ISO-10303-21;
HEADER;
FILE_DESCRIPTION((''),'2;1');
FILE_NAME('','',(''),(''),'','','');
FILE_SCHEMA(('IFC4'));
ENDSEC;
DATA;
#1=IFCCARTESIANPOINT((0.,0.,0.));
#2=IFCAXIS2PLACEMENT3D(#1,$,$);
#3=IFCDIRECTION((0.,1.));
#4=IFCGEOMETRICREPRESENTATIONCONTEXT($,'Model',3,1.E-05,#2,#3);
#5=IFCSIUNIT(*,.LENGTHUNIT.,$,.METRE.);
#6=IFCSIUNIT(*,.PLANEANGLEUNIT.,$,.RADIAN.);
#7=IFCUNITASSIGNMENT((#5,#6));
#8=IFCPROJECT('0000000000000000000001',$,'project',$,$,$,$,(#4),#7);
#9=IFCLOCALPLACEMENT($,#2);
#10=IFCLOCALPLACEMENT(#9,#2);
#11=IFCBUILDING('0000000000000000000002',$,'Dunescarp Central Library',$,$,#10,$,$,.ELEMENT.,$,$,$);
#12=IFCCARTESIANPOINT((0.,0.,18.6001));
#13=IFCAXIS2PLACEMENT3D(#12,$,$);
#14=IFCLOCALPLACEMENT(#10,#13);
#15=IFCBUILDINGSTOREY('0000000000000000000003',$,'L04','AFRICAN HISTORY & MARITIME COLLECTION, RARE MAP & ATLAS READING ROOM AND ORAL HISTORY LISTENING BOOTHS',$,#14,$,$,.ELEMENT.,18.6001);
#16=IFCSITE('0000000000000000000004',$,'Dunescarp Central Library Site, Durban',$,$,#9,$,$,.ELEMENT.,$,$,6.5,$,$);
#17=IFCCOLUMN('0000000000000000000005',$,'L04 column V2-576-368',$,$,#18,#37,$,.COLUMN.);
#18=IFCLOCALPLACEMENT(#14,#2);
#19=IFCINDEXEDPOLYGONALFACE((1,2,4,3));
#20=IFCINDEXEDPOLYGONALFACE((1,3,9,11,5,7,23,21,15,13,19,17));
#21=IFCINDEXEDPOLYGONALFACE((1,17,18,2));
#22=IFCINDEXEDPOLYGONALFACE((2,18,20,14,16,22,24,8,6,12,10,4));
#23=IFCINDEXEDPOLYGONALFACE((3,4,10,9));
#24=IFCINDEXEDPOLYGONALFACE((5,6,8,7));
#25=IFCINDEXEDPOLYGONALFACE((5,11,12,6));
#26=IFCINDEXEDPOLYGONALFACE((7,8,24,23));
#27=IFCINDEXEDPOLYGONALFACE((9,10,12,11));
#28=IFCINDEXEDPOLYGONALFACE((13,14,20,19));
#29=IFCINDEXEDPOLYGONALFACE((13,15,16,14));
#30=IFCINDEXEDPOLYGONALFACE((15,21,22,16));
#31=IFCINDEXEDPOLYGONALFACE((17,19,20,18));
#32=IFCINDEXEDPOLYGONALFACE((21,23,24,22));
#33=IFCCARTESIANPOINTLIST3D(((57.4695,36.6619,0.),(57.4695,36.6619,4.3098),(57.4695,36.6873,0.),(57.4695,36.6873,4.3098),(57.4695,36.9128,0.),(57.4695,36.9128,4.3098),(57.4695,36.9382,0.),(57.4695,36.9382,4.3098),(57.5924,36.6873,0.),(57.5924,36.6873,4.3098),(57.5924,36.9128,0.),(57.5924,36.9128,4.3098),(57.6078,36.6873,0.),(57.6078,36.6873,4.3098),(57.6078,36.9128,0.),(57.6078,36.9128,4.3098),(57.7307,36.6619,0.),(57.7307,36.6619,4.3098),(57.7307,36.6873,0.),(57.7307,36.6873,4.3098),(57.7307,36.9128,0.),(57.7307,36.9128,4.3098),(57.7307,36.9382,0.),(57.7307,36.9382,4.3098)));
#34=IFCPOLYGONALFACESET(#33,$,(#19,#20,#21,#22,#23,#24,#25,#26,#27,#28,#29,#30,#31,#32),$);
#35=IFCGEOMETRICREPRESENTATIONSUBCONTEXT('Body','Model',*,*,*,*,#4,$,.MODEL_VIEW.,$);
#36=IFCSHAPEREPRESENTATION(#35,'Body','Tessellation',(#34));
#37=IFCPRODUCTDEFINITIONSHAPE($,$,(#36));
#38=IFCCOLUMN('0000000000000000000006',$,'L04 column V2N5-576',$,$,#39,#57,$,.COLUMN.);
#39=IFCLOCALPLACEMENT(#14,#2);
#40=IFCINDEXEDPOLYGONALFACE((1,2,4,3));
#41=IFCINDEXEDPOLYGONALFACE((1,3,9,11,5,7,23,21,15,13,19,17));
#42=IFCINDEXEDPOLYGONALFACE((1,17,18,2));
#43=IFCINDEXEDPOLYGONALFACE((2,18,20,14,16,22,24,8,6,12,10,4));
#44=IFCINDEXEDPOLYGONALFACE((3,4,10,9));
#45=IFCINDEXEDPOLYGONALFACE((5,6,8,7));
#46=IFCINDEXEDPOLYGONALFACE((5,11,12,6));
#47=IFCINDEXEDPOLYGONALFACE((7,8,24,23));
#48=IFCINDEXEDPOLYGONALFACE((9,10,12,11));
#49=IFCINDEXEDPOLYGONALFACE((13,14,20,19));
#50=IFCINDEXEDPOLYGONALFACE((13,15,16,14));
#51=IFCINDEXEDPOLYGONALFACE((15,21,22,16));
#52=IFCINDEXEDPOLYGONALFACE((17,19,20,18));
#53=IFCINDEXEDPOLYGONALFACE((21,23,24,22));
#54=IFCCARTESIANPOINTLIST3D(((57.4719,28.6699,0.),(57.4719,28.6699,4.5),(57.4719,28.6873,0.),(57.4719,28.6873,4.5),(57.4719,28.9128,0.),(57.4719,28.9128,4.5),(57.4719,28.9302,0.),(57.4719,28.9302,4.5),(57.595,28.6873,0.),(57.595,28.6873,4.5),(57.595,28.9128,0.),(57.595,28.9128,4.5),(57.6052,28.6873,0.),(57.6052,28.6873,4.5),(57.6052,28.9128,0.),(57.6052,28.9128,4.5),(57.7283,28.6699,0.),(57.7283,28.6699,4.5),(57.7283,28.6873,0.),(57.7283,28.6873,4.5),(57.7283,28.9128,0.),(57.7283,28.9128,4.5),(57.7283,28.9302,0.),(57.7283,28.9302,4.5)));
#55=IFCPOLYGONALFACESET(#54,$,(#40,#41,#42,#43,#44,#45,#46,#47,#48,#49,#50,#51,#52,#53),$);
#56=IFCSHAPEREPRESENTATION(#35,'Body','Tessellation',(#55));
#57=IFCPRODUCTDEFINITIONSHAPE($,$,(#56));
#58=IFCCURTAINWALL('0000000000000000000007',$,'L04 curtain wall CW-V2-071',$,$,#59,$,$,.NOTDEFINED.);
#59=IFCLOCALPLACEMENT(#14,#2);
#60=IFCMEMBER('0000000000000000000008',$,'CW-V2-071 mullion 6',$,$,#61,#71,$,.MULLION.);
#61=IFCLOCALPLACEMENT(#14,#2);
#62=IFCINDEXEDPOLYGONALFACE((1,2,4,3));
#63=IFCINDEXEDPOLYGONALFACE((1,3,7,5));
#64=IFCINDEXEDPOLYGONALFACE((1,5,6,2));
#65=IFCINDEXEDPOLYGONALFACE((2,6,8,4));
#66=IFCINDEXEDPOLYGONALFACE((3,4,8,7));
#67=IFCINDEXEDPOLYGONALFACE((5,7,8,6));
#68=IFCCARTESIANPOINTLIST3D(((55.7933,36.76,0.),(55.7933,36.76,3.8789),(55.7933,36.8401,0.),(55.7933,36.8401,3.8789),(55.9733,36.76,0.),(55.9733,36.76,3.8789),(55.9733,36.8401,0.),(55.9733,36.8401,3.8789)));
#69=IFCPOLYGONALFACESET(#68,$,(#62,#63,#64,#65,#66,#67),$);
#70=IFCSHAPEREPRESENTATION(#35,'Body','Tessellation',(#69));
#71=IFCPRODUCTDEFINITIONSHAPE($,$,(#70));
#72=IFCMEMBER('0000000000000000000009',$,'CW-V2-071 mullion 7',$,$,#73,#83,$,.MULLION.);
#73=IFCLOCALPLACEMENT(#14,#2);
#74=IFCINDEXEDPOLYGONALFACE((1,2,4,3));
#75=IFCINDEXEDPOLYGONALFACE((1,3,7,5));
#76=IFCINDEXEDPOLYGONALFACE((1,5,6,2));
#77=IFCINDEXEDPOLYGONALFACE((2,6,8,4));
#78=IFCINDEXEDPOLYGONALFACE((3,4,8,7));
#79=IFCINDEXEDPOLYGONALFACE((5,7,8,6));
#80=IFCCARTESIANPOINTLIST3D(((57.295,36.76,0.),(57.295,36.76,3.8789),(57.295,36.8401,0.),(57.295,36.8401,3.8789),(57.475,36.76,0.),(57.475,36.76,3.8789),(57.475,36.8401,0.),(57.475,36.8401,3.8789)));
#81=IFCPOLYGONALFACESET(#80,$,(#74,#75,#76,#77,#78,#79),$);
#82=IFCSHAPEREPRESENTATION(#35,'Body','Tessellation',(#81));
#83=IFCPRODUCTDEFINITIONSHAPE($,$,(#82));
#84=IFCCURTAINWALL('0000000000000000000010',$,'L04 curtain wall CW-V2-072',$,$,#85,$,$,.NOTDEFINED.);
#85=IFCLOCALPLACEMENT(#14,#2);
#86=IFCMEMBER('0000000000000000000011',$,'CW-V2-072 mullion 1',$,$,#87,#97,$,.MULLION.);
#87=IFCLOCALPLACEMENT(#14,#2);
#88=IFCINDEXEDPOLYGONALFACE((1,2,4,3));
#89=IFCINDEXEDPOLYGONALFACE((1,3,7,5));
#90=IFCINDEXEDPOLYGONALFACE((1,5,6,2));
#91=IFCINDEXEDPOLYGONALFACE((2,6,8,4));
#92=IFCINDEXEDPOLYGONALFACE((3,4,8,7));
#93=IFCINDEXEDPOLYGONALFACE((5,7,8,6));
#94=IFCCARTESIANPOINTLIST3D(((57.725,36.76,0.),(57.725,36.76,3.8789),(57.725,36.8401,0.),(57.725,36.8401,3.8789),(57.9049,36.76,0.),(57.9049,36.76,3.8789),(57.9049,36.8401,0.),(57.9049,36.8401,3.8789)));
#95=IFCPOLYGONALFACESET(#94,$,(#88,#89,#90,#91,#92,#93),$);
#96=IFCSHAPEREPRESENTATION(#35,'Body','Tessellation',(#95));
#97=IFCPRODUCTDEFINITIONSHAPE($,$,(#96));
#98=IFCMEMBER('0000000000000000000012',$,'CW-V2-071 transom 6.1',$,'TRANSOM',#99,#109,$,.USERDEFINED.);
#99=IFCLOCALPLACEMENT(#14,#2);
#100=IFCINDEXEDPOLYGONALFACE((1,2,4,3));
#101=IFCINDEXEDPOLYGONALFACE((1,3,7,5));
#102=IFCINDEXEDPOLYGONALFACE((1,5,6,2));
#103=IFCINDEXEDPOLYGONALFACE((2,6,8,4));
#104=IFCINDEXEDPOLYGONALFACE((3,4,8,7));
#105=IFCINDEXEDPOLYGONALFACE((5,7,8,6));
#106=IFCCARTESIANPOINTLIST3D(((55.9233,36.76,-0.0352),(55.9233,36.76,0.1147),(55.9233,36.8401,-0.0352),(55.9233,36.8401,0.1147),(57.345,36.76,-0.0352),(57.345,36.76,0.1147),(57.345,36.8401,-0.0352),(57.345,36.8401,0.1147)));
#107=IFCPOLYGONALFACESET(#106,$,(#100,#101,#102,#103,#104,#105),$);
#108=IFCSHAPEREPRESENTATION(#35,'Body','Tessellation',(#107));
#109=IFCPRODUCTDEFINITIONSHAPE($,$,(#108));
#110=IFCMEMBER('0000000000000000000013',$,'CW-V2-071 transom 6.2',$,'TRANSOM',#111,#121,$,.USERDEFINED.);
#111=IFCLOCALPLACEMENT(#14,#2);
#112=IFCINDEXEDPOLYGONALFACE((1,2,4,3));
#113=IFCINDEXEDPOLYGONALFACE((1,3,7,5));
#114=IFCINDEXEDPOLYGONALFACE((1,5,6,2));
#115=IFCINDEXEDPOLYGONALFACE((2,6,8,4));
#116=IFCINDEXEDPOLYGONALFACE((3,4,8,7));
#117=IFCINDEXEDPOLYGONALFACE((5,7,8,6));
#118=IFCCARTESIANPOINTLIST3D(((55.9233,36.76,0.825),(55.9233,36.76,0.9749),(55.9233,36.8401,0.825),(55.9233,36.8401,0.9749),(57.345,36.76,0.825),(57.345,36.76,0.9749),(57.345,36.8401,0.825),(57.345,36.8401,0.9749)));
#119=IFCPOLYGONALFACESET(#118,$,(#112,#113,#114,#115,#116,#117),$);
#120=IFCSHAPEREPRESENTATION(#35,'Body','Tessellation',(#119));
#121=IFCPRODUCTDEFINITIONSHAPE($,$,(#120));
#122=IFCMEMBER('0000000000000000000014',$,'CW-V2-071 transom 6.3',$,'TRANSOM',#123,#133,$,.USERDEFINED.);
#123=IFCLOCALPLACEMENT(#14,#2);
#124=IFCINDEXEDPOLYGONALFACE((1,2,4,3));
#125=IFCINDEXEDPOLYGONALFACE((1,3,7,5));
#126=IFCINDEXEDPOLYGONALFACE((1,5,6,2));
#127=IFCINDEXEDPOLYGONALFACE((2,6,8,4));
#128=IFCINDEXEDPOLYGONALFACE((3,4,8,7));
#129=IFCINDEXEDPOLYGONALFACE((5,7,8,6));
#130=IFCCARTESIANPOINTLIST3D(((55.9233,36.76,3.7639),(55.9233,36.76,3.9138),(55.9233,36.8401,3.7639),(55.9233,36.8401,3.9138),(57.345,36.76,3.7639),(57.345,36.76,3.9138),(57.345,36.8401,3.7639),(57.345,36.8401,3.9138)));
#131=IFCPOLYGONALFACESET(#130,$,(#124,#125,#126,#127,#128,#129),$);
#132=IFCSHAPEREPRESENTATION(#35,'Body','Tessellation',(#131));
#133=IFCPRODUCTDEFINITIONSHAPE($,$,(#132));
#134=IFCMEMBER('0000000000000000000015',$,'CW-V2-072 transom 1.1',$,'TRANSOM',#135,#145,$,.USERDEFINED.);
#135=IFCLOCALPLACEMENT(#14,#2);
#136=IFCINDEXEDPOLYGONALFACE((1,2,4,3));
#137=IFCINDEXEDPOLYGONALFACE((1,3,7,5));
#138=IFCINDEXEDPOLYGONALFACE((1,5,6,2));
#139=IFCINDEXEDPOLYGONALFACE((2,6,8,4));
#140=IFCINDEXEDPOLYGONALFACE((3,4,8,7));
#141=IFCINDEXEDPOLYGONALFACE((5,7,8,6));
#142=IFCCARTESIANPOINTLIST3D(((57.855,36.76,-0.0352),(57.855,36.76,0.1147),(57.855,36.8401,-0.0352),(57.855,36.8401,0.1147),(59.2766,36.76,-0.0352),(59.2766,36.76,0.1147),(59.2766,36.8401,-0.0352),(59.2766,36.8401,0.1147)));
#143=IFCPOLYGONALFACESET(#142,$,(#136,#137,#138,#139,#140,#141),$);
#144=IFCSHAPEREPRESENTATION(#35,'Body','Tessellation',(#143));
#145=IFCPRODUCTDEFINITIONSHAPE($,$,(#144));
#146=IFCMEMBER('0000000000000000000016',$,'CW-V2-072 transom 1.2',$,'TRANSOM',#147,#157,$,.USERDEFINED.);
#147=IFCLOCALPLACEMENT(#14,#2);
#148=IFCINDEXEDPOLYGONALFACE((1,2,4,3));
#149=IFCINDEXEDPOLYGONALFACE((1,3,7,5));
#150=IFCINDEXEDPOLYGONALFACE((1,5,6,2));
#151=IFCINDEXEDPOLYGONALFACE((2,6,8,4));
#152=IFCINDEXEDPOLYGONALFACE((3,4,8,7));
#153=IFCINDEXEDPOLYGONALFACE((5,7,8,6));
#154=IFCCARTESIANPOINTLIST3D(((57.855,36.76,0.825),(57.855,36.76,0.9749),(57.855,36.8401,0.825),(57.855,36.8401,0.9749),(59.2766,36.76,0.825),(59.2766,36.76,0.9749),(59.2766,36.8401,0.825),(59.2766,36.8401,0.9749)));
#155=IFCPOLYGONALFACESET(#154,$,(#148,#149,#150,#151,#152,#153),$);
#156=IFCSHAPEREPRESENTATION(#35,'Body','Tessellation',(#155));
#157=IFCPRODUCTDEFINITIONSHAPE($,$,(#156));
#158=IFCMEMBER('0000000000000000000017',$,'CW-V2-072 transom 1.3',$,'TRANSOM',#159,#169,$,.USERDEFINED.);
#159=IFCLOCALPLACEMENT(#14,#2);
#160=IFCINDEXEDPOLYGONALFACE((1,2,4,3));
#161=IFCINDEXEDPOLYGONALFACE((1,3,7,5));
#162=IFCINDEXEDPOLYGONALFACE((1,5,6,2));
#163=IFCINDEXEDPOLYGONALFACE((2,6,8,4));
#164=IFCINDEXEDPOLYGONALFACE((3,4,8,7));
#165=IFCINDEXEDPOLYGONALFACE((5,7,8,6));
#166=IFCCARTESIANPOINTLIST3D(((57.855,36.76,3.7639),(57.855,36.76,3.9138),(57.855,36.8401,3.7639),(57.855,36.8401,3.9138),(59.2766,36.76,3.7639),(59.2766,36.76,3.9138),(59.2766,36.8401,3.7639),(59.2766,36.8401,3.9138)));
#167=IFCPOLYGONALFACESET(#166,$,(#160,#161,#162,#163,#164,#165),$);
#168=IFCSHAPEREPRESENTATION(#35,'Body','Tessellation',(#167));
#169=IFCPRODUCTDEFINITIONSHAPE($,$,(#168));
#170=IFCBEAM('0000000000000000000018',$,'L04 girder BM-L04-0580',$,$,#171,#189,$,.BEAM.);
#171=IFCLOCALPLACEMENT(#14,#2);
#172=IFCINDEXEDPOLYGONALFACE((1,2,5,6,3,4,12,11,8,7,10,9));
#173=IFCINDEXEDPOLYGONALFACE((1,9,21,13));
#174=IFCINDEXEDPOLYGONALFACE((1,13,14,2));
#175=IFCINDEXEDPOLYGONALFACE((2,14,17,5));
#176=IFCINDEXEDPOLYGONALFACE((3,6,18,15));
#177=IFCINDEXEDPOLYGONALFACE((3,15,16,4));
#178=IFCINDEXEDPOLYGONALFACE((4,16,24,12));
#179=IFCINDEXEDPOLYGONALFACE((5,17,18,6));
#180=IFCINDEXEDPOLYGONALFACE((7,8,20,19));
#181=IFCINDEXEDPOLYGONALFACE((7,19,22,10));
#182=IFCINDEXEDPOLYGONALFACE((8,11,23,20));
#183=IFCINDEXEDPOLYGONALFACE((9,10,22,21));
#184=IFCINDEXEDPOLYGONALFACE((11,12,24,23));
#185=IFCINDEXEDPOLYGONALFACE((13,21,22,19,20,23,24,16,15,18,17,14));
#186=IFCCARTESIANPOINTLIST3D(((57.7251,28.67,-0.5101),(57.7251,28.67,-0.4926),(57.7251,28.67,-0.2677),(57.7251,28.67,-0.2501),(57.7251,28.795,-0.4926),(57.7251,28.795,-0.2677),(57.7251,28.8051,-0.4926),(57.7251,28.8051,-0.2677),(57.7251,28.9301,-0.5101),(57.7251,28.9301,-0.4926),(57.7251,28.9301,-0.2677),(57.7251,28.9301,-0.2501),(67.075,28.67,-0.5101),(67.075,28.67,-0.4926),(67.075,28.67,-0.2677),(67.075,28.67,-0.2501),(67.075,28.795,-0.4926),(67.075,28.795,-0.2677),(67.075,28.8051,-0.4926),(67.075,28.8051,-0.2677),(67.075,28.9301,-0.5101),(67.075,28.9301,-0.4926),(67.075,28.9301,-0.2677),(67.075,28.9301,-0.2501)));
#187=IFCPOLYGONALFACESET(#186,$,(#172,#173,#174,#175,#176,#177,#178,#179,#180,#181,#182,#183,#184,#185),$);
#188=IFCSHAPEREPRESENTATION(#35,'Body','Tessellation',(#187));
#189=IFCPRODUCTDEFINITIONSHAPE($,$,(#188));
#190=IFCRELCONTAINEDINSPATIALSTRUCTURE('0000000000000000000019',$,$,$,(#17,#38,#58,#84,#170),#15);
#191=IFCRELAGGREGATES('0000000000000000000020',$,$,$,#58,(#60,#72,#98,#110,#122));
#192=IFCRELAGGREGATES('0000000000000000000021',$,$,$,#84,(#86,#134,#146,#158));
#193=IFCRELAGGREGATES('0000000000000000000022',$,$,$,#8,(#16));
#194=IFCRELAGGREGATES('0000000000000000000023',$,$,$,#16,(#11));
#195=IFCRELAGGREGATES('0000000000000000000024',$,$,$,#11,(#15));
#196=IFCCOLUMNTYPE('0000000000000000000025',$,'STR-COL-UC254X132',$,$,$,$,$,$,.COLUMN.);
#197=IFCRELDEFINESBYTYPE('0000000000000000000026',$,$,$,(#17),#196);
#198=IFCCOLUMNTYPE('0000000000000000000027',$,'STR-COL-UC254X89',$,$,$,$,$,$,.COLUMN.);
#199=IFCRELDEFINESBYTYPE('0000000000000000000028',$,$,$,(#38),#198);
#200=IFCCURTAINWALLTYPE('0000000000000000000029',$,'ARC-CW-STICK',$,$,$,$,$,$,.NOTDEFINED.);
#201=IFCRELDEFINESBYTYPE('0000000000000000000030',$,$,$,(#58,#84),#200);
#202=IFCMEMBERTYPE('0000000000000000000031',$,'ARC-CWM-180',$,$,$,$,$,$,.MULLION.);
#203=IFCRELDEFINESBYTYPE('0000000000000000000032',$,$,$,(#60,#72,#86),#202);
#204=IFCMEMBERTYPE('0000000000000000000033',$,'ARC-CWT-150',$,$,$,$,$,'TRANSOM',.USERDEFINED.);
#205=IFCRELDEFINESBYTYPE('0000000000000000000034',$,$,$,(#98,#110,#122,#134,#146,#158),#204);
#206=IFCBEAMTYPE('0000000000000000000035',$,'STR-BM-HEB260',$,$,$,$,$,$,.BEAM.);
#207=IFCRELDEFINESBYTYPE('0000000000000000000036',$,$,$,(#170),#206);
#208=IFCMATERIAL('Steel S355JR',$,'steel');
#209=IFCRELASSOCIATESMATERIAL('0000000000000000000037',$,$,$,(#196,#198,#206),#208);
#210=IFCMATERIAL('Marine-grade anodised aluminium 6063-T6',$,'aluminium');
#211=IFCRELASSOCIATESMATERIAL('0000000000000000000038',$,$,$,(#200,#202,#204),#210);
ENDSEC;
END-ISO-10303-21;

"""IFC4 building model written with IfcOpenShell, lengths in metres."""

from ifc_helpers import new_model, si_unit, direction, frame, origin, origin_2d, place, context, subcontext, project, spatial, rectangle, i_section, extrude, material, material_profile, profile_set, type_object, element, aggregate, save


model = new_model("IFC4")

# Units and contexts
model_context = context("Model", 3, precision=1e-05, world=origin(), true_north=direction((0.0, 1.0)))
body_context = subcontext(model_context, "Body", "Model", "MODEL_VIEW")
ifc_project = project(units=[si_unit("LENGTHUNIT", "METRE"), si_unit("PLANEANGLEUNIT", "RADIAN")], contexts=[model_context])

# Site, building, storey
site_placement = place(None, origin())
site = spatial("IfcSite", under=ifc_project, at=site_placement, Name="Dunescarp Central Library Site, Durban", CompositionType="ELEMENT", RefElevation=6.5)
building_placement = place(site_placement, origin())
building = spatial("IfcBuilding", under=site, at=building_placement, Name="Dunescarp Central Library", CompositionType="ELEMENT")
storey_placement = place(building_placement, frame((0.0, 0.0, 18.6001)))
storey = spatial("IfcBuildingStorey", under=building, at=storey_placement, Name="L04", Description="AFRICAN HISTORY & MARITIME COLLECTION, RARE MAP & ATLAS READING ROOM AND ORAL HISTORY LISTENING BOOTHS", CompositionType="ELEMENT", Elevation=18.6001)

# Columns
ifc_material_1 = material(Name="Steel S355JR", Category="steel")
ifc_material_profile_1 = material_profile(ifc_material_1, i_section(OverallWidth=0.2612, OverallDepth=0.2764, WebThickness=0.0154, FlangeThickness=0.0254, at=origin_2d()), Name="UC 254x254x132")
ifc_profile_set_1 = profile_set([ifc_material_profile_1], Name="Steel S355JR")
column_type_1 = type_object("IfcColumnType", Name="STR-COL-UC254X132", PredefinedType="COLUMN", material=ifc_profile_set_1)
column_1_placement = place(storey_placement, frame((57.6001, 36.8, 0.0), z_axis=(0.0, 0.0, 1.0), x_axis=(1.0, 0.0, 0.0)))
element("IfcColumn", 1, at=column_1_placement, inside=storey, type_object=column_type_1, Name="L04 column V2-576-368", PredefinedType="COLUMN", context=body_context, shape_type="SweptSolid", body=[
    extrude(i_section(OverallWidth=0.2612, OverallDepth=0.2764, WebThickness=0.0154, FlangeThickness=0.0254, at=origin_2d()), origin(), (0.0, 0.0, 1.0), 4.3098),
])
ifc_material_profile_2 = material_profile(ifc_material_1, i_section(OverallWidth=0.2563, OverallDepth=0.2603, WebThickness=0.0103, FlangeThickness=0.0173, at=origin_2d()), Name="UC 254x254x89")
ifc_profile_set_2 = profile_set([ifc_material_profile_2], Name="Steel S355JR")
column_type_2 = type_object("IfcColumnType", Name="STR-COL-UC254X89", PredefinedType="COLUMN", material=ifc_profile_set_2)
column_2_placement = place(storey_placement, frame((57.6001, 28.8, 0.0), z_axis=(0.0, 0.0, 1.0), x_axis=(1.0, 0.0, 0.0)))
element("IfcColumn", 2, at=column_2_placement, inside=storey, type_object=column_type_2, Name="L04 column V2N5-576", PredefinedType="COLUMN", context=body_context, shape_type="SweptSolid", body=[
    extrude(i_section(OverallWidth=0.2563, OverallDepth=0.2603, WebThickness=0.0103, FlangeThickness=0.0173, at=origin_2d()), origin(), (0.0, 0.0, 1.0), 4.5),
])

# Curtain wall, members
ifc_material_2 = material(Name="Marine-grade anodised aluminium 6063-T6", Category="aluminium")
curtain_wall_type = type_object("IfcCurtainWallType", Name="ARC-CW-STICK", PredefinedType="NOTDEFINED", material=ifc_material_2)
curtain_wall_1_placement = place(storey_placement, origin())
curtain_wall_1 = element("IfcCurtainWall", 3, at=curtain_wall_1_placement, inside=storey, type_object=curtain_wall_type, Name="L04 curtain wall CW-V2-071", PredefinedType="NOTDEFINED")
ifc_material_profile_3 = material_profile(ifc_material_2, rectangle(XDim=0.0801, YDim=0.1799, at=origin_2d()), Name="AL 80x180")
ifc_profile_set_3 = profile_set([ifc_material_profile_3], Name="Marine-grade anodised aluminium 6063-T6")
member_type_1 = type_object("IfcMemberType", Name="ARC-CWM-180", PredefinedType="MULLION", material=ifc_profile_set_3)
member_1_placement = place(storey_placement, frame((55.8833, 36.8, 0.0), z_axis=(0.0, 0.0, 1.0), x_axis=(0.0, 1.0, 0.0)))
member_1 = element("IfcMember", 4, at=member_1_placement, type_object=member_type_1, Name="CW-V2-071 mullion 6", PredefinedType="MULLION", context=body_context, shape_type="SweptSolid", body=[
    extrude(rectangle(XDim=0.0801, YDim=0.1799, at=origin_2d()), origin(), (0.0, 0.0, 1.0), 3.8789),
])
member_2_placement = place(storey_placement, frame((57.385, 36.8, 0.0), z_axis=(0.0, 0.0, 1.0), x_axis=(0.0, 1.0, 0.0)))
member_2 = element("IfcMember", 5, at=member_2_placement, type_object=member_type_1, Name="CW-V2-071 mullion 7", PredefinedType="MULLION", context=body_context, shape_type="SweptSolid", body=[
    extrude(rectangle(XDim=0.0801, YDim=0.1799, at=origin_2d()), origin(), (0.0, 0.0, 1.0), 3.8789),
])

# Curtain wall, member
curtain_wall_2_placement = place(storey_placement, origin())
curtain_wall_2 = element("IfcCurtainWall", 6, at=curtain_wall_2_placement, inside=storey, type_object=curtain_wall_type, Name="L04 curtain wall CW-V2-072", PredefinedType="NOTDEFINED")
member_3_placement = place(storey_placement, frame((57.8149, 36.8, 0.0), z_axis=(0.0, 0.0, 1.0), x_axis=(0.0, 1.0, 0.0)))
member_3 = element("IfcMember", 7, at=member_3_placement, type_object=member_type_1, Name="CW-V2-072 mullion 1", PredefinedType="MULLION", context=body_context, shape_type="SweptSolid", body=[
    extrude(rectangle(XDim=0.0801, YDim=0.1799, at=origin_2d()), origin(), (0.0, 0.0, 1.0), 3.8789),
])

# Members
ifc_material_profile_4 = material_profile(ifc_material_2, rectangle(XDim=0.0801, YDim=0.1499, at=origin_2d()), Name="AL 80x150")
ifc_profile_set_4 = profile_set([ifc_material_profile_4], Name="Marine-grade anodised aluminium 6063-T6")
member_type_2 = type_object("IfcMemberType", Name="ARC-CWT-150", ElementType="TRANSOM", PredefinedType="USERDEFINED", material=ifc_profile_set_4)
member_4_placement = place(storey_placement, frame((55.9233, 36.8, 0.0398), z_axis=(1.0, 0.0, 0.0), x_axis=(0.0, 1.0, 0.0)))
member_4 = element("IfcMember", 8, at=member_4_placement, type_object=member_type_2, Name="CW-V2-071 transom 6.1", ObjectType="TRANSOM", PredefinedType="USERDEFINED", context=body_context, shape_type="SweptSolid", body=[
    extrude(rectangle(XDim=0.0801, YDim=0.1499, at=origin_2d()), origin(), (0.0, 0.0, 1.0), 1.4216),
])
member_5_placement = place(storey_placement, frame((55.9233, 36.8, 0.8999), z_axis=(1.0, 0.0, 0.0), x_axis=(0.0, 1.0, 0.0)))
member_5 = element("IfcMember", 9, at=member_5_placement, type_object=member_type_2, Name="CW-V2-071 transom 6.2", ObjectType="TRANSOM", PredefinedType="USERDEFINED", context=body_context, shape_type="SweptSolid", body=[
    extrude(rectangle(XDim=0.0801, YDim=0.1499, at=origin_2d()), origin(), (0.0, 0.0, 1.0), 1.4216),
])
member_6_placement = place(storey_placement, frame((55.9233, 36.8, 3.8389), z_axis=(1.0, 0.0, 0.0), x_axis=(0.0, 1.0, 0.0)))
member_6 = element("IfcMember", 10, at=member_6_placement, type_object=member_type_2, Name="CW-V2-071 transom 6.3", ObjectType="TRANSOM", PredefinedType="USERDEFINED", context=body_context, shape_type="SweptSolid", body=[
    extrude(rectangle(XDim=0.0801, YDim=0.1499, at=origin_2d()), origin(), (0.0, 0.0, 1.0), 1.4216),
])
member_7_placement = place(storey_placement, frame((57.855, 36.8, 0.0398), z_axis=(1.0, 0.0, 0.0), x_axis=(0.0, 1.0, 0.0)))
member_7 = element("IfcMember", 11, at=member_7_placement, type_object=member_type_2, Name="CW-V2-072 transom 1.1", ObjectType="TRANSOM", PredefinedType="USERDEFINED", context=body_context, shape_type="SweptSolid", body=[
    extrude(rectangle(XDim=0.0801, YDim=0.1499, at=origin_2d()), origin(), (0.0, 0.0, 1.0), 1.4216),
])
member_8_placement = place(storey_placement, frame((57.855, 36.8, 0.8999), z_axis=(1.0, 0.0, 0.0), x_axis=(0.0, 1.0, 0.0)))
member_8 = element("IfcMember", 12, at=member_8_placement, type_object=member_type_2, Name="CW-V2-072 transom 1.2", ObjectType="TRANSOM", PredefinedType="USERDEFINED", context=body_context, shape_type="SweptSolid", body=[
    extrude(rectangle(XDim=0.0801, YDim=0.1499, at=origin_2d()), origin(), (0.0, 0.0, 1.0), 1.4216),
])
member_9_placement = place(storey_placement, frame((57.855, 36.8, 3.8389), z_axis=(1.0, 0.0, 0.0), x_axis=(0.0, 1.0, 0.0)))
member_9 = element("IfcMember", 13, at=member_9_placement, type_object=member_type_2, Name="CW-V2-072 transom 1.3", ObjectType="TRANSOM", PredefinedType="USERDEFINED", context=body_context, shape_type="SweptSolid", body=[
    extrude(rectangle(XDim=0.0801, YDim=0.1499, at=origin_2d()), origin(), (0.0, 0.0, 1.0), 1.4216),
])

# Beam
ifc_material_profile_5 = material_profile(ifc_material_1, i_section(OverallWidth=0.26, OverallDepth=0.26, WebThickness=0.01, FlangeThickness=0.0176, at=origin_2d()), Name="HEB 260")
ifc_profile_set_5 = profile_set([ifc_material_profile_5], Name="Steel S355JR")
beam_type_1 = type_object("IfcBeamType", Name="STR-BM-HEB260", PredefinedType="BEAM", material=ifc_profile_set_5)
beam_1_placement = place(storey_placement, frame((57.7251, 28.8, -0.3801), z_axis=(1.0, 0.0, 0.0), x_axis=(0.0, 1.0, 0.0)))
element("IfcBeam", 14, at=beam_1_placement, inside=storey, type_object=beam_type_1, Name="L04 girder BM-L04-0580", PredefinedType="BEAM", context=body_context, shape_type="SweptSolid", body=[
    extrude(i_section(OverallWidth=0.26, OverallDepth=0.26, WebThickness=0.01, FlangeThickness=0.0176, at=origin_2d()), origin(), (0.0, 0.0, 1.0), 9.3499),
])

aggregate(curtain_wall_1, [member_1, member_2, member_4, member_5, member_6])
aggregate(curtain_wall_2, [member_3, member_7, member_8, member_9])

save(model, "model.ifc")
